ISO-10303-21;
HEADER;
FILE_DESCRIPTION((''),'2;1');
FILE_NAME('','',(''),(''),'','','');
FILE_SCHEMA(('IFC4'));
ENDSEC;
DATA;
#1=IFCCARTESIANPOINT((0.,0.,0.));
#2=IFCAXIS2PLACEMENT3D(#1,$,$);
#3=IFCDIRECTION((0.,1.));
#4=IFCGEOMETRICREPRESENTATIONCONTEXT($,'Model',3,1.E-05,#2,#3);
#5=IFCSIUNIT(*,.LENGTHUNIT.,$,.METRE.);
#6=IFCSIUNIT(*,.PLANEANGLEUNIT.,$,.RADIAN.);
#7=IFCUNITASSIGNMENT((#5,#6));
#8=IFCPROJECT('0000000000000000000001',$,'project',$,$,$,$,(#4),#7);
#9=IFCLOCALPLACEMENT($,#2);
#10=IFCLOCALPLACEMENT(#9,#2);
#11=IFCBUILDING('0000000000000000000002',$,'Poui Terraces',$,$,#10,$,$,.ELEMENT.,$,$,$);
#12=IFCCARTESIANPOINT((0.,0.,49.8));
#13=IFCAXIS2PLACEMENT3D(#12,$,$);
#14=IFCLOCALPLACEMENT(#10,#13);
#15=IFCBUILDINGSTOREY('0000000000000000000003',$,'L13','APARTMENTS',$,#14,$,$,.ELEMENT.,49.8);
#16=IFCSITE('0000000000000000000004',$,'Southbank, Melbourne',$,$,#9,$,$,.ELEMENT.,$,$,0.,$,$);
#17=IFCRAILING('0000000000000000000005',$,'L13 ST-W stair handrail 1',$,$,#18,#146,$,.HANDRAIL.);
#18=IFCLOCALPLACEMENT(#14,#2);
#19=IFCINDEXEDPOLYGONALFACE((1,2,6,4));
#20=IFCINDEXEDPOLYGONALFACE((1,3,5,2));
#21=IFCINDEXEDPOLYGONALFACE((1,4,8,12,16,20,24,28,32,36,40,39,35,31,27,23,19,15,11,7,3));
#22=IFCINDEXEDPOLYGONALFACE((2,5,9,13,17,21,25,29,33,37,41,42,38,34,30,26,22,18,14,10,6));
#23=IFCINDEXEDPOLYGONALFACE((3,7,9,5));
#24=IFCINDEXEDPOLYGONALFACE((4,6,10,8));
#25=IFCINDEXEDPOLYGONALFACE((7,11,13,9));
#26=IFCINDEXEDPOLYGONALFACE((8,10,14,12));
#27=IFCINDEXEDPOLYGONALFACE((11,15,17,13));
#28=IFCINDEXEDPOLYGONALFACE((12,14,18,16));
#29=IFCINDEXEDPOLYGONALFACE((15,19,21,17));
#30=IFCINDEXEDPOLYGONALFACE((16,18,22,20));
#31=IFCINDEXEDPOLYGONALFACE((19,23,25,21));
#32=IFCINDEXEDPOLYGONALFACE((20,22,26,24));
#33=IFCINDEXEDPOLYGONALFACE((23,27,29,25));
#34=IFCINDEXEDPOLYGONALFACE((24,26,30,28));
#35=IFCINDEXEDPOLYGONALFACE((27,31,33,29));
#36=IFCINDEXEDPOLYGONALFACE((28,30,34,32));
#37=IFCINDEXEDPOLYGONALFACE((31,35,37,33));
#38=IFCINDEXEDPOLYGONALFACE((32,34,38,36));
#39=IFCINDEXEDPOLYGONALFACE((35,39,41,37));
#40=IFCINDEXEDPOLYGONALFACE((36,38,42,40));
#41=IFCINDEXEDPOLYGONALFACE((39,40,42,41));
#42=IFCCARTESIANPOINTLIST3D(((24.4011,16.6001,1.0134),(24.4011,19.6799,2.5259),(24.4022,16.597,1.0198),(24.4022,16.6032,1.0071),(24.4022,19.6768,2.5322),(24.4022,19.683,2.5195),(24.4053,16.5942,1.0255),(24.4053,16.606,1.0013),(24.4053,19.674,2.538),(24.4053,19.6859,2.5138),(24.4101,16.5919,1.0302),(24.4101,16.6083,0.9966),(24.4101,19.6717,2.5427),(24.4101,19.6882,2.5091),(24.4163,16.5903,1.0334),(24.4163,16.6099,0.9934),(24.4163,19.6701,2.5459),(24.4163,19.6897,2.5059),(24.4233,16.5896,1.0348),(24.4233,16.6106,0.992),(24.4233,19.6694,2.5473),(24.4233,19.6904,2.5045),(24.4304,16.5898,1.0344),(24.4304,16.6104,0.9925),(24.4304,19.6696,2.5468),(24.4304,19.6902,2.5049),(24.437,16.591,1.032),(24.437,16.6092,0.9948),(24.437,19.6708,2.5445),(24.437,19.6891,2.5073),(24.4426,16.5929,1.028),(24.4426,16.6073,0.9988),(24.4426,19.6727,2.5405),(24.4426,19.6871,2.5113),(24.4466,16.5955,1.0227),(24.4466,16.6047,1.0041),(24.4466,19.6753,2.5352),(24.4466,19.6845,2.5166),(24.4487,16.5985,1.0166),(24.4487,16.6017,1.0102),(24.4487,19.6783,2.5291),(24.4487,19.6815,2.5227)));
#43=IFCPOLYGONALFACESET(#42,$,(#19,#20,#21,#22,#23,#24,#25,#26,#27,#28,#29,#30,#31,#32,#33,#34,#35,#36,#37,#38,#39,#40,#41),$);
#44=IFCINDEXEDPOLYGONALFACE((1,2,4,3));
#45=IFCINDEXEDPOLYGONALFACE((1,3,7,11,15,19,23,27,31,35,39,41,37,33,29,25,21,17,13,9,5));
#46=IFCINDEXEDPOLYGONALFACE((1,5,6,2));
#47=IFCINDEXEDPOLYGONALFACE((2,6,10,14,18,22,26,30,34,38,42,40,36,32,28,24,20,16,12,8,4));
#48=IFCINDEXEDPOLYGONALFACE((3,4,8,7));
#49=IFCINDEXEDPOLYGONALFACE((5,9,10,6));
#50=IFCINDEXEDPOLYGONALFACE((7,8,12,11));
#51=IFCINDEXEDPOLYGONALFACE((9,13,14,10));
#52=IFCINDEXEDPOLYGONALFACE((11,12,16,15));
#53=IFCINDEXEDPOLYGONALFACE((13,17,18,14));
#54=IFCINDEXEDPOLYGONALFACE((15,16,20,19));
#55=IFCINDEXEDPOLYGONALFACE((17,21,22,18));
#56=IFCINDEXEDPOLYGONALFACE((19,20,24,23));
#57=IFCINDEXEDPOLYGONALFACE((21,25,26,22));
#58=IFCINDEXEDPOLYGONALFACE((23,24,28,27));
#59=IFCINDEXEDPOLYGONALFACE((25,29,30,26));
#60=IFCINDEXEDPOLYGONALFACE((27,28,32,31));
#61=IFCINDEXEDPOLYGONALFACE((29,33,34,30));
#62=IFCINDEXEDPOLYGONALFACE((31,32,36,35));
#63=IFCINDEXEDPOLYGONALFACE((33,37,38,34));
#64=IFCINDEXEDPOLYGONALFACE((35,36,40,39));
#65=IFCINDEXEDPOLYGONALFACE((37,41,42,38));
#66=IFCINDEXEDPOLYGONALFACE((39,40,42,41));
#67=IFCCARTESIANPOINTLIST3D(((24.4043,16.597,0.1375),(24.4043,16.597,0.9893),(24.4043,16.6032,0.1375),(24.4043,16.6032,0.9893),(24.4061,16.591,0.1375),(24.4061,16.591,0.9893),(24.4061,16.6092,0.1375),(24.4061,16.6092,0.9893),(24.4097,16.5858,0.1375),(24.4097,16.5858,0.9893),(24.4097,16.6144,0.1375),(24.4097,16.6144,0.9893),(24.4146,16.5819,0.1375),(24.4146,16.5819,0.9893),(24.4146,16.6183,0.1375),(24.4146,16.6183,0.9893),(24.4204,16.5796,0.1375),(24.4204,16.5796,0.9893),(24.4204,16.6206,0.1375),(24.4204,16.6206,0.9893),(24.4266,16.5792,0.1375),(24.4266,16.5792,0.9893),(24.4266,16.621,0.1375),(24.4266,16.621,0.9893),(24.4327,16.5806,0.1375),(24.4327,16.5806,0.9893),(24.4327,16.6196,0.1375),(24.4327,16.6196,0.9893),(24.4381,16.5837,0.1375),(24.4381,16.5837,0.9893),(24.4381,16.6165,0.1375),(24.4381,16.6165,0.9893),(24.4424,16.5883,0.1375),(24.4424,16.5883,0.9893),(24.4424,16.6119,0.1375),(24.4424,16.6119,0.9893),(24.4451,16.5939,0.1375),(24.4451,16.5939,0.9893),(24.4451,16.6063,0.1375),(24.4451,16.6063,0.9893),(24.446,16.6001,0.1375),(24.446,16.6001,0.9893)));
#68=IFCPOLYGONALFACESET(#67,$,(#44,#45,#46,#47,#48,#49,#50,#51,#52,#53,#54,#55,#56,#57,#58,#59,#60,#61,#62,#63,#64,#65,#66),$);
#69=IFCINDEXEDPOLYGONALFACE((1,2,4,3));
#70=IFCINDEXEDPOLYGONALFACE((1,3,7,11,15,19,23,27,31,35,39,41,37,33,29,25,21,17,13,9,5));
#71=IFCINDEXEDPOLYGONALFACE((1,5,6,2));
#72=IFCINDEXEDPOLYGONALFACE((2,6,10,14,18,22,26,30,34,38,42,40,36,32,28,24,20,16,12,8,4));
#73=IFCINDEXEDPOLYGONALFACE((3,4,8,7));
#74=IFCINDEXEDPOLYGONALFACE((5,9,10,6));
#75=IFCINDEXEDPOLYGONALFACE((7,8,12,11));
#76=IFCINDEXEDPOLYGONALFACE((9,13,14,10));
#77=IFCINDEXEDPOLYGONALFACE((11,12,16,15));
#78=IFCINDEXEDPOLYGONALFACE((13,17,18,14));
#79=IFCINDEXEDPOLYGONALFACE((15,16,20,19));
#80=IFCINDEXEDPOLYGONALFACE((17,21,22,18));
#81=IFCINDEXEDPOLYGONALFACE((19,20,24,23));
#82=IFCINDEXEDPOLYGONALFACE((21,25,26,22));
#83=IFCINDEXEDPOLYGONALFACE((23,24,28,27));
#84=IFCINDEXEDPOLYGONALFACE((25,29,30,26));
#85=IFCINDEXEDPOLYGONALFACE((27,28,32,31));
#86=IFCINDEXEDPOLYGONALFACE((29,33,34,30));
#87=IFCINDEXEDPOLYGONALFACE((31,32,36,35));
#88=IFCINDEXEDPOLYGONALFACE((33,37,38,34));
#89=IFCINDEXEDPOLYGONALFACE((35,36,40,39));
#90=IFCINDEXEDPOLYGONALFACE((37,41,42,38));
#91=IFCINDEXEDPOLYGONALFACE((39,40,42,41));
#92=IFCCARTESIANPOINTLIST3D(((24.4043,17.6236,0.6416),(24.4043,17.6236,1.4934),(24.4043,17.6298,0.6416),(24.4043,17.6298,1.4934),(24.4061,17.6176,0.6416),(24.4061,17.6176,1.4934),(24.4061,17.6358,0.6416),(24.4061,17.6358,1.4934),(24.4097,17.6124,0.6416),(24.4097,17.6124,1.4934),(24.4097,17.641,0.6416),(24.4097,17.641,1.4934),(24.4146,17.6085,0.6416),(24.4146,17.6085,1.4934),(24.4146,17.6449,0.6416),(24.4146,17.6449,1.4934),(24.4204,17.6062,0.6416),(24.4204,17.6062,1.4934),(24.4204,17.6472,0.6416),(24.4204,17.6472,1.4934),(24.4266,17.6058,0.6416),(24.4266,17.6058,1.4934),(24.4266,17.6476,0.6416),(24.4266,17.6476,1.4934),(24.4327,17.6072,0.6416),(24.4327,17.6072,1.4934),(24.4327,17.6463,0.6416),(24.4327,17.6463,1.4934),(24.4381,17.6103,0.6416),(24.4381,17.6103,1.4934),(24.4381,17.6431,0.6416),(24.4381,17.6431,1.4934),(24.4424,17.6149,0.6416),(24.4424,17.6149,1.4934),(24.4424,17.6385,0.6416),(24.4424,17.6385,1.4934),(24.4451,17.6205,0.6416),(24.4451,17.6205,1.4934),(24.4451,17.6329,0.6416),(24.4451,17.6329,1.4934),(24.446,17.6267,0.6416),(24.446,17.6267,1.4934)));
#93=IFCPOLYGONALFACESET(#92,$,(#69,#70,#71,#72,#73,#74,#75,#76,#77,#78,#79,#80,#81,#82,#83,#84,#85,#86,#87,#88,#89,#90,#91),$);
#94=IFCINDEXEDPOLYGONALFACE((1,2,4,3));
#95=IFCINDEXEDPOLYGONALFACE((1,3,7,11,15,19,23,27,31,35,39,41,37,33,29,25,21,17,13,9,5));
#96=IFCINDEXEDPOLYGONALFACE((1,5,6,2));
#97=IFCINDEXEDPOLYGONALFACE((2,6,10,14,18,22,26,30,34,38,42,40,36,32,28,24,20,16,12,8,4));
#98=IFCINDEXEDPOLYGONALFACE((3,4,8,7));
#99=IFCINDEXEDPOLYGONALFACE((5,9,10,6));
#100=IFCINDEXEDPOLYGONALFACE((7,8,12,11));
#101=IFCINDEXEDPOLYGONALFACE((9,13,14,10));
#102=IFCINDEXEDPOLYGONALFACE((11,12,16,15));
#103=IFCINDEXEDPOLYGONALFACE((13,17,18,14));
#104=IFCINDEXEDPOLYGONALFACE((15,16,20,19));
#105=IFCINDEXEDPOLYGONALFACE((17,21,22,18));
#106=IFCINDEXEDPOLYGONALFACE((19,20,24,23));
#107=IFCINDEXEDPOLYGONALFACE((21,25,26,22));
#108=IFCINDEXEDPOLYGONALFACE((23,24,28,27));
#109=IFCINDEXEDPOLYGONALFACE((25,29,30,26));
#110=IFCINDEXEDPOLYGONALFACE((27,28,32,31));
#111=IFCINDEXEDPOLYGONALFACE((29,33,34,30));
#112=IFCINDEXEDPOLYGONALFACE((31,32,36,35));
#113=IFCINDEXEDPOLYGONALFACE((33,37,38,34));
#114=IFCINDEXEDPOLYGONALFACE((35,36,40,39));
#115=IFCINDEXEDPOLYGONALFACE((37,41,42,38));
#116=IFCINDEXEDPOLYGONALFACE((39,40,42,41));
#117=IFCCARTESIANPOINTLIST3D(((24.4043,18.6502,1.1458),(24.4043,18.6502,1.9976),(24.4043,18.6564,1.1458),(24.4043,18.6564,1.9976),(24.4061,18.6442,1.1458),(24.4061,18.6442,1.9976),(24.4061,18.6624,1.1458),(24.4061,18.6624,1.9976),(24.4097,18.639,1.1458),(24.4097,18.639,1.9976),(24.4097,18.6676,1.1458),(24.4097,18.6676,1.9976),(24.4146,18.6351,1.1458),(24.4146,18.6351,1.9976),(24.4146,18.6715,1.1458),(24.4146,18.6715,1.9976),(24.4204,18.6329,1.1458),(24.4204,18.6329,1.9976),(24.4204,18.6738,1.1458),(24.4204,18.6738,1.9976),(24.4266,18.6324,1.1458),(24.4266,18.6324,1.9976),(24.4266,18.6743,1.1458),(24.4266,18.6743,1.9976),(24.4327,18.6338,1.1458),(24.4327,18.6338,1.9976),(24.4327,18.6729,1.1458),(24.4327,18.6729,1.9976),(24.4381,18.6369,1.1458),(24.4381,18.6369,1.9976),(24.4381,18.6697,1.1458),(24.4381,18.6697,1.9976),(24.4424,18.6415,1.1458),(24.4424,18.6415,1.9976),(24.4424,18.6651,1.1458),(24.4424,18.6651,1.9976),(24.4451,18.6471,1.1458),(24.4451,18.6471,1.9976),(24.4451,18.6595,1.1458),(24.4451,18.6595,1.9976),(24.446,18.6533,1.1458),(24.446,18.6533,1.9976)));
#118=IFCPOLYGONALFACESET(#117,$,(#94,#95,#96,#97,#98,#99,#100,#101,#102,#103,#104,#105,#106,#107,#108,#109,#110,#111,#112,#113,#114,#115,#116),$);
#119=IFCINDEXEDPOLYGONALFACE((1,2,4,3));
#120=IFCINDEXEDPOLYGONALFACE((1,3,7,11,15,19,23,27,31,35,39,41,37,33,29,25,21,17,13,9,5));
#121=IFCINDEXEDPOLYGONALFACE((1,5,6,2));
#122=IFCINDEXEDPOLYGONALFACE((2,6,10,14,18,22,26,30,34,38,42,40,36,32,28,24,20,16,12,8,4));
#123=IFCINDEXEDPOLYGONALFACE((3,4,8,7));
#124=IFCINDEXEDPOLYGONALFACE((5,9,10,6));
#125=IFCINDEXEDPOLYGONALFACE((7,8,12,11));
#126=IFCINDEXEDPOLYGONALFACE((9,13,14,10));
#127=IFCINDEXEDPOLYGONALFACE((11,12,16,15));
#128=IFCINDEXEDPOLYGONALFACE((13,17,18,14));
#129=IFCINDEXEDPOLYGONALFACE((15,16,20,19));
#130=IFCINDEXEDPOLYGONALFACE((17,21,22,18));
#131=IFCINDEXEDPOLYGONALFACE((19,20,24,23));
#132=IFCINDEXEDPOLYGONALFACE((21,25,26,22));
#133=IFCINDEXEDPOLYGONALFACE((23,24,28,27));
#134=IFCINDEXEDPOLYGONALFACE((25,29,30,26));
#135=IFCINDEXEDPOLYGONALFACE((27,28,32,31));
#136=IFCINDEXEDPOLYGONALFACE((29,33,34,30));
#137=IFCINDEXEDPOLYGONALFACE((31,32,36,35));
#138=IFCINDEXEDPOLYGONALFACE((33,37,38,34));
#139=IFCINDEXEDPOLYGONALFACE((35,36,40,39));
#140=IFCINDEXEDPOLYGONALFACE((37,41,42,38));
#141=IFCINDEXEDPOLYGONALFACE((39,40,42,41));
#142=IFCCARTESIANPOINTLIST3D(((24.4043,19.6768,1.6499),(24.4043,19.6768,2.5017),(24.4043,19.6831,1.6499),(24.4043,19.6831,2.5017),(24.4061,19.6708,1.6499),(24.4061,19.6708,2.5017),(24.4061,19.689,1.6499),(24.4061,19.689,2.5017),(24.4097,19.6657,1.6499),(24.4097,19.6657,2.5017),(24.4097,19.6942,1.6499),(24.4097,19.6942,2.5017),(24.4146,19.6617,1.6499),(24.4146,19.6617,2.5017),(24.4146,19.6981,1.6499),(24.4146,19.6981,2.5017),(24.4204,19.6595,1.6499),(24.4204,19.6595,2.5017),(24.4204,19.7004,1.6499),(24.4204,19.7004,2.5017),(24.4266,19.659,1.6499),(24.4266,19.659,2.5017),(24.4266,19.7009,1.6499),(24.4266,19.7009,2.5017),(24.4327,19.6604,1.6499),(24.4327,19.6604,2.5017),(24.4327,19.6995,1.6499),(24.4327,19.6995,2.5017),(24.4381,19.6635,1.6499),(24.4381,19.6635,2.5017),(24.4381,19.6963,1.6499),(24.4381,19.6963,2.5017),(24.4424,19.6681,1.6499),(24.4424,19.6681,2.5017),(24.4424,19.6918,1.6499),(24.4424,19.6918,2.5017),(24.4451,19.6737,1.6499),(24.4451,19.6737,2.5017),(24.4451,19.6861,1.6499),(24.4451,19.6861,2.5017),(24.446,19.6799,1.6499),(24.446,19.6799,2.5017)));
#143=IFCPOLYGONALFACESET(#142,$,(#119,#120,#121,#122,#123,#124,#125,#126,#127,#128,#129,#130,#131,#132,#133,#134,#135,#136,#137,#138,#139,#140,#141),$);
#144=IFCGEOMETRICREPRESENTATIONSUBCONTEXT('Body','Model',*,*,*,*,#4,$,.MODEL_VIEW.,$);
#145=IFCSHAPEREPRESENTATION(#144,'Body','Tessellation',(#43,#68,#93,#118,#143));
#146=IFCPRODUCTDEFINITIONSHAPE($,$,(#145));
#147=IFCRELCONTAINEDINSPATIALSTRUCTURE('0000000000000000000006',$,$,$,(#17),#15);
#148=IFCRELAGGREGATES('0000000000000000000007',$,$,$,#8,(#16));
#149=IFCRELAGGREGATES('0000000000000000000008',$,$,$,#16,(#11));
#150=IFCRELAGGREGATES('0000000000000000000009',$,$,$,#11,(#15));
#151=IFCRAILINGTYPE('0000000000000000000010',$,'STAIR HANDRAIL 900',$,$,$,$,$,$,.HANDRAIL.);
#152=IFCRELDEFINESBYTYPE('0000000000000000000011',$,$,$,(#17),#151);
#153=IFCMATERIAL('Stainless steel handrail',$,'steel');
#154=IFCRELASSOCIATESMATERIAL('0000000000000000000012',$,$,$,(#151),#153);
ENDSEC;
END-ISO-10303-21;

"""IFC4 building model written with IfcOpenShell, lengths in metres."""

from ifc_helpers import new_model, si_unit, direction, frame, origin, origin_2d, place, context, subcontext, project, spatial, circle, extrude, material, type_object, element, save


model = new_model("IFC4")

# Units and contexts
model_context = context("Model", 3, precision=1e-05, world=origin(), true_north=direction((0.0, 1.0)))
body_context = subcontext(model_context, "Body", "Model", "MODEL_VIEW")
ifc_project = project(units=[si_unit("LENGTHUNIT", "METRE"), si_unit("PLANEANGLEUNIT", "RADIAN")], contexts=[model_context])

# Site, building, storey
site_placement = place(None, origin())
site = spatial("IfcSite", under=ifc_project, at=site_placement, Name="Southbank, Melbourne", CompositionType="ELEMENT", RefElevation=0.0)
building_placement = place(site_placement, origin())
building = spatial("IfcBuilding", under=site, at=building_placement, Name="Poui Terraces", CompositionType="ELEMENT")
storey_placement = place(building_placement, frame((0.0, 0.0, 49.8)))
storey = spatial("IfcBuildingStorey", under=building, at=storey_placement, Name="L13", Description="APARTMENTS", CompositionType="ELEMENT", Elevation=49.8)

# Railing
ifc_material_1 = material(Name="Stainless steel handrail", Category="steel")
railing_type_1 = type_object("IfcRailingType", Name="STAIR HANDRAIL 900", PredefinedType="HANDRAIL", material=ifc_material_1)
railing_1_placement = place(storey_placement, frame((24.425, 16.6001, 0.1375)))
element("IfcRailing", 1, at=railing_1_placement, inside=storey, type_object=railing_type_1, Name="L13 ST-W stair handrail 1", PredefinedType="HANDRAIL", context=body_context, shape_type="SweptSolid", body=[
    extrude(circle(Radius=0.0239, at=origin_2d()), frame((0.0, 0.0, 0.876), z_axis=(0.0, 0.897606, 0.440798), x_axis=(-1.0, 0.0, 0.0)), (0.0, 0.0, 1.0), 3.4312),
    extrude(circle(Radius=0.021, at=origin_2d()), origin(), (0.0, 0.0, 1.0), 0.8518),
    extrude(circle(Radius=0.021, at=origin_2d()), frame((0.0, 1.0266, 0.5042)), (0.0, 0.0, 1.0), 0.8518),
    extrude(circle(Radius=0.021, at=origin_2d()), frame((0.0, 2.0532, 1.0083)), (0.0, 0.0, 1.0), 0.8518),
    extrude(circle(Radius=0.021, at=origin_2d()), frame((0.0, 3.0798, 1.5125)), (0.0, 0.0, 1.0), 0.8518),
])

save(model, "model.ifc")
